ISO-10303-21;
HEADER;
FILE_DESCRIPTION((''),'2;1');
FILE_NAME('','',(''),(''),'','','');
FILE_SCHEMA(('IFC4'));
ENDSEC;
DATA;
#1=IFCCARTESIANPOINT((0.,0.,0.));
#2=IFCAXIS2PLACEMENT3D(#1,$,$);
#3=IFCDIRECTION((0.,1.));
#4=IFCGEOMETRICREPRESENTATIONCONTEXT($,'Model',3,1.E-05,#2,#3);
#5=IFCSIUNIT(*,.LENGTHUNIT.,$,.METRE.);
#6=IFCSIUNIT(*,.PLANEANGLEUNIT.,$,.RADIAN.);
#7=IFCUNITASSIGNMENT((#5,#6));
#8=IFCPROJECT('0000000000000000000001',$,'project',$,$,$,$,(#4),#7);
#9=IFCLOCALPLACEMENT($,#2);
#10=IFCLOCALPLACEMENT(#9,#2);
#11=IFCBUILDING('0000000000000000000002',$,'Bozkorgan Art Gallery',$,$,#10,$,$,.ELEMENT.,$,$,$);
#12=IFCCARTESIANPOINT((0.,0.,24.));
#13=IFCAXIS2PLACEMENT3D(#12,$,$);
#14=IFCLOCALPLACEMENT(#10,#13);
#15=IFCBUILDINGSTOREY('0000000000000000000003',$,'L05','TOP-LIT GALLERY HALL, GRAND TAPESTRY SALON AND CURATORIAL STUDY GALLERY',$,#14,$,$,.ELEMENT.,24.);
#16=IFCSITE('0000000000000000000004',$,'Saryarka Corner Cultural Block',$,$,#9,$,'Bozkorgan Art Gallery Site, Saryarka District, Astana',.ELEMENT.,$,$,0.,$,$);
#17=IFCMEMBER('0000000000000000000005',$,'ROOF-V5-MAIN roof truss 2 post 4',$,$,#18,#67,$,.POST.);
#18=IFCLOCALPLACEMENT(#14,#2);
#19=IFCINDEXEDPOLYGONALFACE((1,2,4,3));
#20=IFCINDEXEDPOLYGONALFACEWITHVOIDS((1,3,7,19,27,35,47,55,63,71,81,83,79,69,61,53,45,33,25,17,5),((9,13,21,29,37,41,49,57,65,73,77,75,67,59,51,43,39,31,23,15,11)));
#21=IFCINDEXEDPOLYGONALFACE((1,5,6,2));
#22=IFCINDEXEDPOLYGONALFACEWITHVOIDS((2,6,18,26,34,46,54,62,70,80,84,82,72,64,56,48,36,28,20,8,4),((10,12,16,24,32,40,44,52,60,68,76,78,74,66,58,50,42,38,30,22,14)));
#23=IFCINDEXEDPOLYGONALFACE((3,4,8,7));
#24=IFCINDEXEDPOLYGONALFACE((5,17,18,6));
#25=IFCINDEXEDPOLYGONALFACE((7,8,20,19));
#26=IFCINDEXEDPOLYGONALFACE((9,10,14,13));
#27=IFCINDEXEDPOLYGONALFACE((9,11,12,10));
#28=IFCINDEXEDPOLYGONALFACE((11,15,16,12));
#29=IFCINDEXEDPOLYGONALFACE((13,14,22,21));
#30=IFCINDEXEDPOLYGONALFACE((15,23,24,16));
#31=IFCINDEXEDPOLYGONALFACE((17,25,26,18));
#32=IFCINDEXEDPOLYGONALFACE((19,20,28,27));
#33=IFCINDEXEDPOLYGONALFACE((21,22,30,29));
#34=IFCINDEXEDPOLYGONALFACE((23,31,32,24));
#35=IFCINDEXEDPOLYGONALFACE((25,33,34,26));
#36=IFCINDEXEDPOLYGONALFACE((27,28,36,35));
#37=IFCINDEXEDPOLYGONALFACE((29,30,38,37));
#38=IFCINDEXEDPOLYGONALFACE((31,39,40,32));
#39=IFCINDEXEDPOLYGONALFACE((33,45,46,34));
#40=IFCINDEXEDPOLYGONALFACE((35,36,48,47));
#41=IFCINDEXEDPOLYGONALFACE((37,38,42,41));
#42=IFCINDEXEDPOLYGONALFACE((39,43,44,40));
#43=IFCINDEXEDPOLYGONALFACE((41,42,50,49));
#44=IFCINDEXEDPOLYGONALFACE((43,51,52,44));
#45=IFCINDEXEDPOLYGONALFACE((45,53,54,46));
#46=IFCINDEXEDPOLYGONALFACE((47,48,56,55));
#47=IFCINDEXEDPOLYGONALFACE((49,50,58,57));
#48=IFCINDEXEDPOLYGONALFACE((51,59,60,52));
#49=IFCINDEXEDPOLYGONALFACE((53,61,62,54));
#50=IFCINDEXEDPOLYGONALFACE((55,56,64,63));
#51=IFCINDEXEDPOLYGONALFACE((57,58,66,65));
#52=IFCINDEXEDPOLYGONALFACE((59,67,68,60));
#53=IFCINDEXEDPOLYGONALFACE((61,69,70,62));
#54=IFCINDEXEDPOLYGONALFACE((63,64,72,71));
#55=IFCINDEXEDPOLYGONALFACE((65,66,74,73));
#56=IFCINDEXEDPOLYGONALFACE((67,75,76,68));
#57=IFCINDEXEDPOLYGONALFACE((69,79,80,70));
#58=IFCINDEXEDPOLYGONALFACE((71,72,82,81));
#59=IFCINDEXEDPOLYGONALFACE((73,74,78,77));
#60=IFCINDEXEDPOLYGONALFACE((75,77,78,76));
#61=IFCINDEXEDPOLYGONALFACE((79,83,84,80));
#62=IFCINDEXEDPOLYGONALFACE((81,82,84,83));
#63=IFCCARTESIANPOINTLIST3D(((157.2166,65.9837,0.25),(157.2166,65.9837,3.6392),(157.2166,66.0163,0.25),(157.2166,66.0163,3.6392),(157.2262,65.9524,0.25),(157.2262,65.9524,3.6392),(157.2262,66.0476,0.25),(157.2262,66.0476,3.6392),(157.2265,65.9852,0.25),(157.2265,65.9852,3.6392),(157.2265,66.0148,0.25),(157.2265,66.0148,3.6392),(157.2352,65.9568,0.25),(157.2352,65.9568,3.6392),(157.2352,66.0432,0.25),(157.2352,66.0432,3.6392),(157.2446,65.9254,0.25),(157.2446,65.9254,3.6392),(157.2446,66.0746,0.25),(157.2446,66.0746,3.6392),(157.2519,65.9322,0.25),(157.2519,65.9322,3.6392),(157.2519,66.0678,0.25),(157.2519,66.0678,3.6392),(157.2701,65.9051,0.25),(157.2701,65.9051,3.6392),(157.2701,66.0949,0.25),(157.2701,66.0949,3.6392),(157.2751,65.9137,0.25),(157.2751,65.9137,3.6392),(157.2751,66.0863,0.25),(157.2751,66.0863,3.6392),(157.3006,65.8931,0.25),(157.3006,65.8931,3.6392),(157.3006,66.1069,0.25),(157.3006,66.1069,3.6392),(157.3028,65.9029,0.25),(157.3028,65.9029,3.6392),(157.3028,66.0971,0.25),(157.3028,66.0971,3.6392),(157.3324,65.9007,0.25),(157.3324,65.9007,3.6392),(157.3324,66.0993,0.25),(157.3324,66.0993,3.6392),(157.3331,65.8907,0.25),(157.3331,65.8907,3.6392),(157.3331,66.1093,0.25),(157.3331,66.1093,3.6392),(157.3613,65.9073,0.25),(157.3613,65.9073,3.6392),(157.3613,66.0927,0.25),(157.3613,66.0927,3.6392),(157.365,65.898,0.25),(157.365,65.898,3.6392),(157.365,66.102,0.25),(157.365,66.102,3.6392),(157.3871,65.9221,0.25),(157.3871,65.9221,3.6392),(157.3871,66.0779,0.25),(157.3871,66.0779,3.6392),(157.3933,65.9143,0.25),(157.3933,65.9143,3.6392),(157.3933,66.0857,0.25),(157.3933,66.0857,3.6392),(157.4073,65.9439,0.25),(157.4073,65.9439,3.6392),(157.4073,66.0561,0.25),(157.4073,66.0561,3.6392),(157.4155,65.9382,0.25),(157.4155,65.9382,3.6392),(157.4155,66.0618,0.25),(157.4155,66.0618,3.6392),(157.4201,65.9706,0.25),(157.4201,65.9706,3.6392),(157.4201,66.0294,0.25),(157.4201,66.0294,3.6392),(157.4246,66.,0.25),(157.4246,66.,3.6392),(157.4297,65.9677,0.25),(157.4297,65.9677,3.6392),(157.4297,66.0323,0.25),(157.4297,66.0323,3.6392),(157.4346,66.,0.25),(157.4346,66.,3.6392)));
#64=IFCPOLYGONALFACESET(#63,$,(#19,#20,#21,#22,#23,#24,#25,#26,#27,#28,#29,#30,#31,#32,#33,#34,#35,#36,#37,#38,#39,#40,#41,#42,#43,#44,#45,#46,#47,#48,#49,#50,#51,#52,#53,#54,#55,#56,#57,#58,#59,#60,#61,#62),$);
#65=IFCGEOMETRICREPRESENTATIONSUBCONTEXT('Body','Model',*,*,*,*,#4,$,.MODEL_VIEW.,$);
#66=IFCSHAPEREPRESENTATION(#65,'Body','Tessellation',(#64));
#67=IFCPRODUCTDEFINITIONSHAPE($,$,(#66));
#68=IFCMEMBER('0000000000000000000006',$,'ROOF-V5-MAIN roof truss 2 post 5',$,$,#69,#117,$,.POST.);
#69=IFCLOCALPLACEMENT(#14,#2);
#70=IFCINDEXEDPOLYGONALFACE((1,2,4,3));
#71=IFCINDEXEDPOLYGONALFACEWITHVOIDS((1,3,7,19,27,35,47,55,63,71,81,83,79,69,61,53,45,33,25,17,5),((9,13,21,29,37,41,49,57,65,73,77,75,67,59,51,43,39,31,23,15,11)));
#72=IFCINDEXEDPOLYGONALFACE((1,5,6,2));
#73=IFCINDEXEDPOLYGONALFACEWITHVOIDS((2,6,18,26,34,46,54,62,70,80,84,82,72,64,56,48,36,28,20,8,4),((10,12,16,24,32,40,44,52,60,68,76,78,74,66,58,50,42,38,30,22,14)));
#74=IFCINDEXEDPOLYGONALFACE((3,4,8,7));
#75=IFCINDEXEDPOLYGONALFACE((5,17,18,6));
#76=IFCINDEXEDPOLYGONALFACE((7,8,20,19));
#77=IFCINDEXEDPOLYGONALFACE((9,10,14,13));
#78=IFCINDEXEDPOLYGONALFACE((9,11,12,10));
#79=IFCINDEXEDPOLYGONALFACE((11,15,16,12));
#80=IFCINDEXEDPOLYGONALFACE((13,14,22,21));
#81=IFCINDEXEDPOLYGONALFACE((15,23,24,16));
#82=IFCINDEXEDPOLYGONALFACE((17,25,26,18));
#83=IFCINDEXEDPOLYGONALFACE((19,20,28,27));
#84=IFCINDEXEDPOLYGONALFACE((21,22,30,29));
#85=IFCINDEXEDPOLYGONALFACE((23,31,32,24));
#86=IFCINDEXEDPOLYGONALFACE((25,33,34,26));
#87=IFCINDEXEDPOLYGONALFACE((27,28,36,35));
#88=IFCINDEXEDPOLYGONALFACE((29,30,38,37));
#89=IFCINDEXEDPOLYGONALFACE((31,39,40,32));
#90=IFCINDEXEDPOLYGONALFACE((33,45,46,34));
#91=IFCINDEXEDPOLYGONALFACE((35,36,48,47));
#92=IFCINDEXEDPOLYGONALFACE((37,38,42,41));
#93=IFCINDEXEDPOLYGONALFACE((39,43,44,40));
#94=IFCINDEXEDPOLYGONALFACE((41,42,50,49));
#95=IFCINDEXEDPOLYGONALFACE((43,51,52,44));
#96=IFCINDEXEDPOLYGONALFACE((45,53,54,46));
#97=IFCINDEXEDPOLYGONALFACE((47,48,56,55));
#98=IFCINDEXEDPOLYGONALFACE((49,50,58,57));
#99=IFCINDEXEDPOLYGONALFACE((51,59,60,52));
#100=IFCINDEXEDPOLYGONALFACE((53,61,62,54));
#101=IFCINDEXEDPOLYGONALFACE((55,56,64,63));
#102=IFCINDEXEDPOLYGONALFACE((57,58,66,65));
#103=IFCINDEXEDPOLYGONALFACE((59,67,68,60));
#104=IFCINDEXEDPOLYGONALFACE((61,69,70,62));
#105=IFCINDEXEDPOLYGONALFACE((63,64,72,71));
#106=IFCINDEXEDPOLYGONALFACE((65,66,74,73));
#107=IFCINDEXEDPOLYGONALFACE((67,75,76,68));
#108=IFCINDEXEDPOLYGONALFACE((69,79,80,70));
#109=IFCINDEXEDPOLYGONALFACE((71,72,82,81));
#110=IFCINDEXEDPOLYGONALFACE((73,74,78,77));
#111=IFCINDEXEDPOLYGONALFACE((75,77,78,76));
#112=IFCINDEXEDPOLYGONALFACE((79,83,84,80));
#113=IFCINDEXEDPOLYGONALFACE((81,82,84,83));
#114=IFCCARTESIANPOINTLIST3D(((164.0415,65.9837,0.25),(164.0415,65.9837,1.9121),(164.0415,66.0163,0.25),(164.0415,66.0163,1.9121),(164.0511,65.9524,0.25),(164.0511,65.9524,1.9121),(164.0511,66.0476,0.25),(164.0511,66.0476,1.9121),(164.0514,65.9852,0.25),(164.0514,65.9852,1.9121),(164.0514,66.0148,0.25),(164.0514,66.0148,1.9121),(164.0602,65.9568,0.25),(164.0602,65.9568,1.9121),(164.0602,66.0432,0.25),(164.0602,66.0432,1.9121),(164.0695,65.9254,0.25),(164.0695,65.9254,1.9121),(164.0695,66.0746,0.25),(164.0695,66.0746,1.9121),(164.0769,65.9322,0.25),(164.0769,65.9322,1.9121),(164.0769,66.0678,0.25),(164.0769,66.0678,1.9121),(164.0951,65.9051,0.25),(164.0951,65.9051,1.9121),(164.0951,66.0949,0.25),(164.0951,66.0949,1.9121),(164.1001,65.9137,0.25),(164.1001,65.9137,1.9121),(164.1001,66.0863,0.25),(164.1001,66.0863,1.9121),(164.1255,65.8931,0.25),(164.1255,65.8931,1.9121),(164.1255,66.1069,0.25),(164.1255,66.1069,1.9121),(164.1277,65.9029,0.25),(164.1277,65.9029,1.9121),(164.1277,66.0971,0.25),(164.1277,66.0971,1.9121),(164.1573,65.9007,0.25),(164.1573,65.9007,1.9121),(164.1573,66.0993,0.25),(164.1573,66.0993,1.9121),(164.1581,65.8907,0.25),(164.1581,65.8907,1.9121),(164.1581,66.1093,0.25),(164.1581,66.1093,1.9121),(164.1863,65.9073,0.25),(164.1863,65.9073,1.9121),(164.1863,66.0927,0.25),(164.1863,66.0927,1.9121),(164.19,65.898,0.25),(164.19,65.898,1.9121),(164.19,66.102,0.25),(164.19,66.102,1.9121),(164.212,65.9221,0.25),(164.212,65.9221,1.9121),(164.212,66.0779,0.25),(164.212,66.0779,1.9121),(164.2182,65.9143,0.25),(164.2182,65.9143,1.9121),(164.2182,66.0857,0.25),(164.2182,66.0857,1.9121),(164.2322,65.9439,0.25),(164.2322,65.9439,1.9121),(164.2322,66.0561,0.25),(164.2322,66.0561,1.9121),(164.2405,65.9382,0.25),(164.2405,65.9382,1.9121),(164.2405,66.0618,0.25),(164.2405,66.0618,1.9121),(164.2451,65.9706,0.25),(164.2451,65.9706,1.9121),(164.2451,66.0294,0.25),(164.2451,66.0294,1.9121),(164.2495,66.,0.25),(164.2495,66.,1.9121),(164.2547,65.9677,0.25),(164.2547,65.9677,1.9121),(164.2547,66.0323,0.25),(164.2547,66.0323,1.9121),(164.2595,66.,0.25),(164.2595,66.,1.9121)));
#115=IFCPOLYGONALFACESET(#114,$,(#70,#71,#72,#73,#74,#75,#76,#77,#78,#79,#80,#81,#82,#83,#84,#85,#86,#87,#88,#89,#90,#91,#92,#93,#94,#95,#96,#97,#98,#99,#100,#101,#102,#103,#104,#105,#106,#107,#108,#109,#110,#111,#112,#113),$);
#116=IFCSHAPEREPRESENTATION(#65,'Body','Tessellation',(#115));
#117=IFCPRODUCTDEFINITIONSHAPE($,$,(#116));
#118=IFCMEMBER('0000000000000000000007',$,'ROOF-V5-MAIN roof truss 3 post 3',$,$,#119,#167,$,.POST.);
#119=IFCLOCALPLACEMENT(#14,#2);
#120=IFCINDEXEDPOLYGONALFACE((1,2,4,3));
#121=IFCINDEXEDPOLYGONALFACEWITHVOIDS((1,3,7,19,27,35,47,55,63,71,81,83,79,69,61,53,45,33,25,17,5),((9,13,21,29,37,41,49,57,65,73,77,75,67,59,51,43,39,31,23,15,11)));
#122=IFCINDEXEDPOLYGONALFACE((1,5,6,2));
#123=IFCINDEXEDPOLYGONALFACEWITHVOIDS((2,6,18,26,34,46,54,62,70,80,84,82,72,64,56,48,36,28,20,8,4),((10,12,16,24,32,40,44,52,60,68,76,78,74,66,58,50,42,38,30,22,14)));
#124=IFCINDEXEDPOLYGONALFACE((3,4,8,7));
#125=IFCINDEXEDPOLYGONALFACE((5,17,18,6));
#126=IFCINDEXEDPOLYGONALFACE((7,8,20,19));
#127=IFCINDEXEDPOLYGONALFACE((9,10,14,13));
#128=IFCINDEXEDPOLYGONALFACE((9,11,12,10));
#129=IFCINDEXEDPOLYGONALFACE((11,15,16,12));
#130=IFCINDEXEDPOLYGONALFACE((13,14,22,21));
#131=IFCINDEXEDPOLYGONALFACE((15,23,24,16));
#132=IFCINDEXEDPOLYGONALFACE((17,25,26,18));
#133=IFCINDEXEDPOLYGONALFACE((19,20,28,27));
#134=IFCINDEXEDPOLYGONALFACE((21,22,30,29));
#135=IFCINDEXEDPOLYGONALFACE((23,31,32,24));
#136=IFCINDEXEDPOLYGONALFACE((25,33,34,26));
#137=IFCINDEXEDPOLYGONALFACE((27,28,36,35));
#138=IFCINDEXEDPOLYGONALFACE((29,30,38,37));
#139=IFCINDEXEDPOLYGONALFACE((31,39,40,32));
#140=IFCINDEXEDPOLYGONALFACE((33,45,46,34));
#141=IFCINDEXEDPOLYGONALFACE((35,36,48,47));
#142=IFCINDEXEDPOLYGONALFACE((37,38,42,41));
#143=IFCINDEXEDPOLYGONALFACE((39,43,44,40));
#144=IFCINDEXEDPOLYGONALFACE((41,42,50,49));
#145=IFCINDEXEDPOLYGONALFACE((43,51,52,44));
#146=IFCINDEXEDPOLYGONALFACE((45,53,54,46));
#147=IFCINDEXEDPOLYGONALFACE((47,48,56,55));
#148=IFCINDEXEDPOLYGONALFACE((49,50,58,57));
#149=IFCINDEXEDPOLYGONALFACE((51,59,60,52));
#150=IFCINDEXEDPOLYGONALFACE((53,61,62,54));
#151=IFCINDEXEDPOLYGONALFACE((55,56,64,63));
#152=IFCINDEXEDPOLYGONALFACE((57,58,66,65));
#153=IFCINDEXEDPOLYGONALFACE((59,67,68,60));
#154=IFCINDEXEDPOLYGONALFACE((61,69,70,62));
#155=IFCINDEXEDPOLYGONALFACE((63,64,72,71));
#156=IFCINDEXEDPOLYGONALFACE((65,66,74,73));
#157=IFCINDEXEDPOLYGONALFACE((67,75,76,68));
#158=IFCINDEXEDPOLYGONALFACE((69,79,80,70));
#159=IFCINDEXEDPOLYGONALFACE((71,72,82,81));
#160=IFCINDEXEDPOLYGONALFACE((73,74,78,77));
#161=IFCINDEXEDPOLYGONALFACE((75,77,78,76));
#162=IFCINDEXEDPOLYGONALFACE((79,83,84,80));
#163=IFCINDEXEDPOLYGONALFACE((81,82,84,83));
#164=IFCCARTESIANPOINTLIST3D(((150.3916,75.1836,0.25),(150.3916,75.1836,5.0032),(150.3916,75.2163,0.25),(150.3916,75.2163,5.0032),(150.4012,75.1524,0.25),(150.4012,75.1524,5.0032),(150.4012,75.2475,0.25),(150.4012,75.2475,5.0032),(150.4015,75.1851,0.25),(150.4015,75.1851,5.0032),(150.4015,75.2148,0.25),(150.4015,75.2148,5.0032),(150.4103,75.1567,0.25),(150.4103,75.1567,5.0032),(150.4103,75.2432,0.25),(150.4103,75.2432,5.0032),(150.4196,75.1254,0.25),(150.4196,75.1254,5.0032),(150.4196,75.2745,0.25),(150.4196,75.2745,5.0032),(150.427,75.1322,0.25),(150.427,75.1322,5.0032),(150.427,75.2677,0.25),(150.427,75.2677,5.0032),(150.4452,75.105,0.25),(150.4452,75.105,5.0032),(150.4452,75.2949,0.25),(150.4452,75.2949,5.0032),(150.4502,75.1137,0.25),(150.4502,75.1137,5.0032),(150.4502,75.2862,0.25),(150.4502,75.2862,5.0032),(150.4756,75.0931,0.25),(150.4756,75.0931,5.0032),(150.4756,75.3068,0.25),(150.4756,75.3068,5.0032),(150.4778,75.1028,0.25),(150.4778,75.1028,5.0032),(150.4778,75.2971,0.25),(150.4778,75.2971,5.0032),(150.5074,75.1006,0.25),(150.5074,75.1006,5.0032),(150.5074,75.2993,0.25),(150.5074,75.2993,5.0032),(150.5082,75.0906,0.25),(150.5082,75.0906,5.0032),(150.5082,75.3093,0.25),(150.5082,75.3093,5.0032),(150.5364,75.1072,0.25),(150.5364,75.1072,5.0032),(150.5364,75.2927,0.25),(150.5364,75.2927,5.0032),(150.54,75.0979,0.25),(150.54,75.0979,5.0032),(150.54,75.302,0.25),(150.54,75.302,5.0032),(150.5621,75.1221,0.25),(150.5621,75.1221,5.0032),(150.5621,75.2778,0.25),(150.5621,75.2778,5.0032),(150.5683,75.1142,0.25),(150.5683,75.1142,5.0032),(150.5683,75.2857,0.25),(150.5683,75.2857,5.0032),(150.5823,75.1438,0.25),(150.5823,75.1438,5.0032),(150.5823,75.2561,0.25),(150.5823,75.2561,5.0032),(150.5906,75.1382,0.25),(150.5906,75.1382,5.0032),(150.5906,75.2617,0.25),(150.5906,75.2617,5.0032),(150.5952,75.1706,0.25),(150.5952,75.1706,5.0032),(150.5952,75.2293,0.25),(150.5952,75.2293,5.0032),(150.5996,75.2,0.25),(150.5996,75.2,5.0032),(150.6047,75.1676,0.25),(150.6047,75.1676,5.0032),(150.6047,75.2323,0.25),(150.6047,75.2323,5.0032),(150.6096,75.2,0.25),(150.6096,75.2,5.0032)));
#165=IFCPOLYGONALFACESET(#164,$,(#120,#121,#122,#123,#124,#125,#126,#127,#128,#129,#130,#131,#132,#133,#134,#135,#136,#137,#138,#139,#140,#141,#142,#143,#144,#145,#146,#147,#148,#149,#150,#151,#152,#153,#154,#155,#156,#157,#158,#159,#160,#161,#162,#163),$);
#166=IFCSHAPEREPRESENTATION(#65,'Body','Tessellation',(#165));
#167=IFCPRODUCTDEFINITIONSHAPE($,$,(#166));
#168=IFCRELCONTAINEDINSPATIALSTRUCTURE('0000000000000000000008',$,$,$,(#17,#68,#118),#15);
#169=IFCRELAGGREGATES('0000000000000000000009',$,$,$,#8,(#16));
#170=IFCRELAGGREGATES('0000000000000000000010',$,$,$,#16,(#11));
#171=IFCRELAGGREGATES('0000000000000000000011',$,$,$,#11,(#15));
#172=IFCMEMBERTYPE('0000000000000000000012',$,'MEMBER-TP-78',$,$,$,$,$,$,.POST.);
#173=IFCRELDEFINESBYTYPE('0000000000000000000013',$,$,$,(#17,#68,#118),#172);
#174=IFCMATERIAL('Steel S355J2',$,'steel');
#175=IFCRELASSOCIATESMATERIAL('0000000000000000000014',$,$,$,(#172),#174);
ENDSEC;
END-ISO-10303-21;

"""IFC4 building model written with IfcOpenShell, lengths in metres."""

from ifc_helpers import new_model, si_unit, direction, frame, origin, origin_2d, place, context, subcontext, project, spatial, hollow_circle, extrude, material, material_profile, profile_set, type_object, element, save


model = new_model("IFC4")

# Units and contexts
model_context = context("Model", 3, precision=1e-05, world=origin(), true_north=direction((0.0, 1.0)))
body_context = subcontext(model_context, "Body", "Model", "MODEL_VIEW")
ifc_project = project(units=[si_unit("LENGTHUNIT", "METRE"), si_unit("PLANEANGLEUNIT", "RADIAN")], contexts=[model_context])

# Site, building, storey
site_placement = place(None, origin())
site = spatial("IfcSite", under=ifc_project, at=site_placement, Name="Saryarka Corner Cultural Block", LongName="Bozkorgan Art Gallery Site, Saryarka District, Astana", CompositionType="ELEMENT", RefElevation=0.0)
building_placement = place(site_placement, origin())
building = spatial("IfcBuilding", under=site, at=building_placement, Name="Bozkorgan Art Gallery", CompositionType="ELEMENT")
storey_placement = place(building_placement, frame((0.0, 0.0, 24.0)))
storey = spatial("IfcBuildingStorey", under=building, at=storey_placement, Name="L05", Description="TOP-LIT GALLERY HALL, GRAND TAPESTRY SALON AND CURATORIAL STUDY GALLERY", CompositionType="ELEMENT", Elevation=24.0)

# Shared definitions
ifc_material_1 = material(Name="Steel S355J2", Category="steel")

# Members
ifc_material_profile_1 = material_profile(ifc_material_1, hollow_circle(Radius=0.1096, WallThickness=0.01, at=origin_2d()), Name="CHS 219.1x10")
ifc_profile_set_1 = profile_set([ifc_material_profile_1], Name="Steel S355J2")
member_type_1 = type_object("IfcMemberType", Name="MEMBER-TP-78", PredefinedType="POST", material=ifc_profile_set_1)
member_1_placement = place(storey_placement, frame((157.325, 66.0, 0.25), z_axis=(0.0, 0.0, 1.0), x_axis=(1.0, 0.0, 0.0)))
element("IfcMember", 1, at=member_1_placement, inside=storey, type_object=member_type_1, Name="ROOF-V5-MAIN roof truss 2 post 4", PredefinedType="POST", context=body_context, shape_type="SweptSolid", body=[
    extrude(hollow_circle(Radius=0.1096, WallThickness=0.01, at=origin_2d()), origin(), (0.0, 0.0, 1.0), 3.3892),
])
member_2_placement = place(storey_placement, frame((164.1499, 66.0, 0.25), z_axis=(0.0, 0.0, 1.0), x_axis=(1.0, 0.0, 0.0)))
element("IfcMember", 2, at=member_2_placement, inside=storey, type_object=member_type_1, Name="ROOF-V5-MAIN roof truss 2 post 5", PredefinedType="POST", context=body_context, shape_type="SweptSolid", body=[
    extrude(hollow_circle(Radius=0.1096, WallThickness=0.01, at=origin_2d()), origin(), (0.0, 0.0, 1.0), 1.6621),
])
member_3_placement = place(storey_placement, frame((150.5, 75.2, 0.25), z_axis=(0.0, 0.0, 1.0), x_axis=(1.0, 0.0, 0.0)))
element("IfcMember", 3, at=member_3_placement, inside=storey, type_object=member_type_1, Name="ROOF-V5-MAIN roof truss 3 post 3", PredefinedType="POST", context=body_context, shape_type="SweptSolid", body=[
    extrude(hollow_circle(Radius=0.1096, WallThickness=0.01, at=origin_2d()), origin(), (0.0, 0.0, 1.0), 4.7532),
])

save(model, "model.ifc")
